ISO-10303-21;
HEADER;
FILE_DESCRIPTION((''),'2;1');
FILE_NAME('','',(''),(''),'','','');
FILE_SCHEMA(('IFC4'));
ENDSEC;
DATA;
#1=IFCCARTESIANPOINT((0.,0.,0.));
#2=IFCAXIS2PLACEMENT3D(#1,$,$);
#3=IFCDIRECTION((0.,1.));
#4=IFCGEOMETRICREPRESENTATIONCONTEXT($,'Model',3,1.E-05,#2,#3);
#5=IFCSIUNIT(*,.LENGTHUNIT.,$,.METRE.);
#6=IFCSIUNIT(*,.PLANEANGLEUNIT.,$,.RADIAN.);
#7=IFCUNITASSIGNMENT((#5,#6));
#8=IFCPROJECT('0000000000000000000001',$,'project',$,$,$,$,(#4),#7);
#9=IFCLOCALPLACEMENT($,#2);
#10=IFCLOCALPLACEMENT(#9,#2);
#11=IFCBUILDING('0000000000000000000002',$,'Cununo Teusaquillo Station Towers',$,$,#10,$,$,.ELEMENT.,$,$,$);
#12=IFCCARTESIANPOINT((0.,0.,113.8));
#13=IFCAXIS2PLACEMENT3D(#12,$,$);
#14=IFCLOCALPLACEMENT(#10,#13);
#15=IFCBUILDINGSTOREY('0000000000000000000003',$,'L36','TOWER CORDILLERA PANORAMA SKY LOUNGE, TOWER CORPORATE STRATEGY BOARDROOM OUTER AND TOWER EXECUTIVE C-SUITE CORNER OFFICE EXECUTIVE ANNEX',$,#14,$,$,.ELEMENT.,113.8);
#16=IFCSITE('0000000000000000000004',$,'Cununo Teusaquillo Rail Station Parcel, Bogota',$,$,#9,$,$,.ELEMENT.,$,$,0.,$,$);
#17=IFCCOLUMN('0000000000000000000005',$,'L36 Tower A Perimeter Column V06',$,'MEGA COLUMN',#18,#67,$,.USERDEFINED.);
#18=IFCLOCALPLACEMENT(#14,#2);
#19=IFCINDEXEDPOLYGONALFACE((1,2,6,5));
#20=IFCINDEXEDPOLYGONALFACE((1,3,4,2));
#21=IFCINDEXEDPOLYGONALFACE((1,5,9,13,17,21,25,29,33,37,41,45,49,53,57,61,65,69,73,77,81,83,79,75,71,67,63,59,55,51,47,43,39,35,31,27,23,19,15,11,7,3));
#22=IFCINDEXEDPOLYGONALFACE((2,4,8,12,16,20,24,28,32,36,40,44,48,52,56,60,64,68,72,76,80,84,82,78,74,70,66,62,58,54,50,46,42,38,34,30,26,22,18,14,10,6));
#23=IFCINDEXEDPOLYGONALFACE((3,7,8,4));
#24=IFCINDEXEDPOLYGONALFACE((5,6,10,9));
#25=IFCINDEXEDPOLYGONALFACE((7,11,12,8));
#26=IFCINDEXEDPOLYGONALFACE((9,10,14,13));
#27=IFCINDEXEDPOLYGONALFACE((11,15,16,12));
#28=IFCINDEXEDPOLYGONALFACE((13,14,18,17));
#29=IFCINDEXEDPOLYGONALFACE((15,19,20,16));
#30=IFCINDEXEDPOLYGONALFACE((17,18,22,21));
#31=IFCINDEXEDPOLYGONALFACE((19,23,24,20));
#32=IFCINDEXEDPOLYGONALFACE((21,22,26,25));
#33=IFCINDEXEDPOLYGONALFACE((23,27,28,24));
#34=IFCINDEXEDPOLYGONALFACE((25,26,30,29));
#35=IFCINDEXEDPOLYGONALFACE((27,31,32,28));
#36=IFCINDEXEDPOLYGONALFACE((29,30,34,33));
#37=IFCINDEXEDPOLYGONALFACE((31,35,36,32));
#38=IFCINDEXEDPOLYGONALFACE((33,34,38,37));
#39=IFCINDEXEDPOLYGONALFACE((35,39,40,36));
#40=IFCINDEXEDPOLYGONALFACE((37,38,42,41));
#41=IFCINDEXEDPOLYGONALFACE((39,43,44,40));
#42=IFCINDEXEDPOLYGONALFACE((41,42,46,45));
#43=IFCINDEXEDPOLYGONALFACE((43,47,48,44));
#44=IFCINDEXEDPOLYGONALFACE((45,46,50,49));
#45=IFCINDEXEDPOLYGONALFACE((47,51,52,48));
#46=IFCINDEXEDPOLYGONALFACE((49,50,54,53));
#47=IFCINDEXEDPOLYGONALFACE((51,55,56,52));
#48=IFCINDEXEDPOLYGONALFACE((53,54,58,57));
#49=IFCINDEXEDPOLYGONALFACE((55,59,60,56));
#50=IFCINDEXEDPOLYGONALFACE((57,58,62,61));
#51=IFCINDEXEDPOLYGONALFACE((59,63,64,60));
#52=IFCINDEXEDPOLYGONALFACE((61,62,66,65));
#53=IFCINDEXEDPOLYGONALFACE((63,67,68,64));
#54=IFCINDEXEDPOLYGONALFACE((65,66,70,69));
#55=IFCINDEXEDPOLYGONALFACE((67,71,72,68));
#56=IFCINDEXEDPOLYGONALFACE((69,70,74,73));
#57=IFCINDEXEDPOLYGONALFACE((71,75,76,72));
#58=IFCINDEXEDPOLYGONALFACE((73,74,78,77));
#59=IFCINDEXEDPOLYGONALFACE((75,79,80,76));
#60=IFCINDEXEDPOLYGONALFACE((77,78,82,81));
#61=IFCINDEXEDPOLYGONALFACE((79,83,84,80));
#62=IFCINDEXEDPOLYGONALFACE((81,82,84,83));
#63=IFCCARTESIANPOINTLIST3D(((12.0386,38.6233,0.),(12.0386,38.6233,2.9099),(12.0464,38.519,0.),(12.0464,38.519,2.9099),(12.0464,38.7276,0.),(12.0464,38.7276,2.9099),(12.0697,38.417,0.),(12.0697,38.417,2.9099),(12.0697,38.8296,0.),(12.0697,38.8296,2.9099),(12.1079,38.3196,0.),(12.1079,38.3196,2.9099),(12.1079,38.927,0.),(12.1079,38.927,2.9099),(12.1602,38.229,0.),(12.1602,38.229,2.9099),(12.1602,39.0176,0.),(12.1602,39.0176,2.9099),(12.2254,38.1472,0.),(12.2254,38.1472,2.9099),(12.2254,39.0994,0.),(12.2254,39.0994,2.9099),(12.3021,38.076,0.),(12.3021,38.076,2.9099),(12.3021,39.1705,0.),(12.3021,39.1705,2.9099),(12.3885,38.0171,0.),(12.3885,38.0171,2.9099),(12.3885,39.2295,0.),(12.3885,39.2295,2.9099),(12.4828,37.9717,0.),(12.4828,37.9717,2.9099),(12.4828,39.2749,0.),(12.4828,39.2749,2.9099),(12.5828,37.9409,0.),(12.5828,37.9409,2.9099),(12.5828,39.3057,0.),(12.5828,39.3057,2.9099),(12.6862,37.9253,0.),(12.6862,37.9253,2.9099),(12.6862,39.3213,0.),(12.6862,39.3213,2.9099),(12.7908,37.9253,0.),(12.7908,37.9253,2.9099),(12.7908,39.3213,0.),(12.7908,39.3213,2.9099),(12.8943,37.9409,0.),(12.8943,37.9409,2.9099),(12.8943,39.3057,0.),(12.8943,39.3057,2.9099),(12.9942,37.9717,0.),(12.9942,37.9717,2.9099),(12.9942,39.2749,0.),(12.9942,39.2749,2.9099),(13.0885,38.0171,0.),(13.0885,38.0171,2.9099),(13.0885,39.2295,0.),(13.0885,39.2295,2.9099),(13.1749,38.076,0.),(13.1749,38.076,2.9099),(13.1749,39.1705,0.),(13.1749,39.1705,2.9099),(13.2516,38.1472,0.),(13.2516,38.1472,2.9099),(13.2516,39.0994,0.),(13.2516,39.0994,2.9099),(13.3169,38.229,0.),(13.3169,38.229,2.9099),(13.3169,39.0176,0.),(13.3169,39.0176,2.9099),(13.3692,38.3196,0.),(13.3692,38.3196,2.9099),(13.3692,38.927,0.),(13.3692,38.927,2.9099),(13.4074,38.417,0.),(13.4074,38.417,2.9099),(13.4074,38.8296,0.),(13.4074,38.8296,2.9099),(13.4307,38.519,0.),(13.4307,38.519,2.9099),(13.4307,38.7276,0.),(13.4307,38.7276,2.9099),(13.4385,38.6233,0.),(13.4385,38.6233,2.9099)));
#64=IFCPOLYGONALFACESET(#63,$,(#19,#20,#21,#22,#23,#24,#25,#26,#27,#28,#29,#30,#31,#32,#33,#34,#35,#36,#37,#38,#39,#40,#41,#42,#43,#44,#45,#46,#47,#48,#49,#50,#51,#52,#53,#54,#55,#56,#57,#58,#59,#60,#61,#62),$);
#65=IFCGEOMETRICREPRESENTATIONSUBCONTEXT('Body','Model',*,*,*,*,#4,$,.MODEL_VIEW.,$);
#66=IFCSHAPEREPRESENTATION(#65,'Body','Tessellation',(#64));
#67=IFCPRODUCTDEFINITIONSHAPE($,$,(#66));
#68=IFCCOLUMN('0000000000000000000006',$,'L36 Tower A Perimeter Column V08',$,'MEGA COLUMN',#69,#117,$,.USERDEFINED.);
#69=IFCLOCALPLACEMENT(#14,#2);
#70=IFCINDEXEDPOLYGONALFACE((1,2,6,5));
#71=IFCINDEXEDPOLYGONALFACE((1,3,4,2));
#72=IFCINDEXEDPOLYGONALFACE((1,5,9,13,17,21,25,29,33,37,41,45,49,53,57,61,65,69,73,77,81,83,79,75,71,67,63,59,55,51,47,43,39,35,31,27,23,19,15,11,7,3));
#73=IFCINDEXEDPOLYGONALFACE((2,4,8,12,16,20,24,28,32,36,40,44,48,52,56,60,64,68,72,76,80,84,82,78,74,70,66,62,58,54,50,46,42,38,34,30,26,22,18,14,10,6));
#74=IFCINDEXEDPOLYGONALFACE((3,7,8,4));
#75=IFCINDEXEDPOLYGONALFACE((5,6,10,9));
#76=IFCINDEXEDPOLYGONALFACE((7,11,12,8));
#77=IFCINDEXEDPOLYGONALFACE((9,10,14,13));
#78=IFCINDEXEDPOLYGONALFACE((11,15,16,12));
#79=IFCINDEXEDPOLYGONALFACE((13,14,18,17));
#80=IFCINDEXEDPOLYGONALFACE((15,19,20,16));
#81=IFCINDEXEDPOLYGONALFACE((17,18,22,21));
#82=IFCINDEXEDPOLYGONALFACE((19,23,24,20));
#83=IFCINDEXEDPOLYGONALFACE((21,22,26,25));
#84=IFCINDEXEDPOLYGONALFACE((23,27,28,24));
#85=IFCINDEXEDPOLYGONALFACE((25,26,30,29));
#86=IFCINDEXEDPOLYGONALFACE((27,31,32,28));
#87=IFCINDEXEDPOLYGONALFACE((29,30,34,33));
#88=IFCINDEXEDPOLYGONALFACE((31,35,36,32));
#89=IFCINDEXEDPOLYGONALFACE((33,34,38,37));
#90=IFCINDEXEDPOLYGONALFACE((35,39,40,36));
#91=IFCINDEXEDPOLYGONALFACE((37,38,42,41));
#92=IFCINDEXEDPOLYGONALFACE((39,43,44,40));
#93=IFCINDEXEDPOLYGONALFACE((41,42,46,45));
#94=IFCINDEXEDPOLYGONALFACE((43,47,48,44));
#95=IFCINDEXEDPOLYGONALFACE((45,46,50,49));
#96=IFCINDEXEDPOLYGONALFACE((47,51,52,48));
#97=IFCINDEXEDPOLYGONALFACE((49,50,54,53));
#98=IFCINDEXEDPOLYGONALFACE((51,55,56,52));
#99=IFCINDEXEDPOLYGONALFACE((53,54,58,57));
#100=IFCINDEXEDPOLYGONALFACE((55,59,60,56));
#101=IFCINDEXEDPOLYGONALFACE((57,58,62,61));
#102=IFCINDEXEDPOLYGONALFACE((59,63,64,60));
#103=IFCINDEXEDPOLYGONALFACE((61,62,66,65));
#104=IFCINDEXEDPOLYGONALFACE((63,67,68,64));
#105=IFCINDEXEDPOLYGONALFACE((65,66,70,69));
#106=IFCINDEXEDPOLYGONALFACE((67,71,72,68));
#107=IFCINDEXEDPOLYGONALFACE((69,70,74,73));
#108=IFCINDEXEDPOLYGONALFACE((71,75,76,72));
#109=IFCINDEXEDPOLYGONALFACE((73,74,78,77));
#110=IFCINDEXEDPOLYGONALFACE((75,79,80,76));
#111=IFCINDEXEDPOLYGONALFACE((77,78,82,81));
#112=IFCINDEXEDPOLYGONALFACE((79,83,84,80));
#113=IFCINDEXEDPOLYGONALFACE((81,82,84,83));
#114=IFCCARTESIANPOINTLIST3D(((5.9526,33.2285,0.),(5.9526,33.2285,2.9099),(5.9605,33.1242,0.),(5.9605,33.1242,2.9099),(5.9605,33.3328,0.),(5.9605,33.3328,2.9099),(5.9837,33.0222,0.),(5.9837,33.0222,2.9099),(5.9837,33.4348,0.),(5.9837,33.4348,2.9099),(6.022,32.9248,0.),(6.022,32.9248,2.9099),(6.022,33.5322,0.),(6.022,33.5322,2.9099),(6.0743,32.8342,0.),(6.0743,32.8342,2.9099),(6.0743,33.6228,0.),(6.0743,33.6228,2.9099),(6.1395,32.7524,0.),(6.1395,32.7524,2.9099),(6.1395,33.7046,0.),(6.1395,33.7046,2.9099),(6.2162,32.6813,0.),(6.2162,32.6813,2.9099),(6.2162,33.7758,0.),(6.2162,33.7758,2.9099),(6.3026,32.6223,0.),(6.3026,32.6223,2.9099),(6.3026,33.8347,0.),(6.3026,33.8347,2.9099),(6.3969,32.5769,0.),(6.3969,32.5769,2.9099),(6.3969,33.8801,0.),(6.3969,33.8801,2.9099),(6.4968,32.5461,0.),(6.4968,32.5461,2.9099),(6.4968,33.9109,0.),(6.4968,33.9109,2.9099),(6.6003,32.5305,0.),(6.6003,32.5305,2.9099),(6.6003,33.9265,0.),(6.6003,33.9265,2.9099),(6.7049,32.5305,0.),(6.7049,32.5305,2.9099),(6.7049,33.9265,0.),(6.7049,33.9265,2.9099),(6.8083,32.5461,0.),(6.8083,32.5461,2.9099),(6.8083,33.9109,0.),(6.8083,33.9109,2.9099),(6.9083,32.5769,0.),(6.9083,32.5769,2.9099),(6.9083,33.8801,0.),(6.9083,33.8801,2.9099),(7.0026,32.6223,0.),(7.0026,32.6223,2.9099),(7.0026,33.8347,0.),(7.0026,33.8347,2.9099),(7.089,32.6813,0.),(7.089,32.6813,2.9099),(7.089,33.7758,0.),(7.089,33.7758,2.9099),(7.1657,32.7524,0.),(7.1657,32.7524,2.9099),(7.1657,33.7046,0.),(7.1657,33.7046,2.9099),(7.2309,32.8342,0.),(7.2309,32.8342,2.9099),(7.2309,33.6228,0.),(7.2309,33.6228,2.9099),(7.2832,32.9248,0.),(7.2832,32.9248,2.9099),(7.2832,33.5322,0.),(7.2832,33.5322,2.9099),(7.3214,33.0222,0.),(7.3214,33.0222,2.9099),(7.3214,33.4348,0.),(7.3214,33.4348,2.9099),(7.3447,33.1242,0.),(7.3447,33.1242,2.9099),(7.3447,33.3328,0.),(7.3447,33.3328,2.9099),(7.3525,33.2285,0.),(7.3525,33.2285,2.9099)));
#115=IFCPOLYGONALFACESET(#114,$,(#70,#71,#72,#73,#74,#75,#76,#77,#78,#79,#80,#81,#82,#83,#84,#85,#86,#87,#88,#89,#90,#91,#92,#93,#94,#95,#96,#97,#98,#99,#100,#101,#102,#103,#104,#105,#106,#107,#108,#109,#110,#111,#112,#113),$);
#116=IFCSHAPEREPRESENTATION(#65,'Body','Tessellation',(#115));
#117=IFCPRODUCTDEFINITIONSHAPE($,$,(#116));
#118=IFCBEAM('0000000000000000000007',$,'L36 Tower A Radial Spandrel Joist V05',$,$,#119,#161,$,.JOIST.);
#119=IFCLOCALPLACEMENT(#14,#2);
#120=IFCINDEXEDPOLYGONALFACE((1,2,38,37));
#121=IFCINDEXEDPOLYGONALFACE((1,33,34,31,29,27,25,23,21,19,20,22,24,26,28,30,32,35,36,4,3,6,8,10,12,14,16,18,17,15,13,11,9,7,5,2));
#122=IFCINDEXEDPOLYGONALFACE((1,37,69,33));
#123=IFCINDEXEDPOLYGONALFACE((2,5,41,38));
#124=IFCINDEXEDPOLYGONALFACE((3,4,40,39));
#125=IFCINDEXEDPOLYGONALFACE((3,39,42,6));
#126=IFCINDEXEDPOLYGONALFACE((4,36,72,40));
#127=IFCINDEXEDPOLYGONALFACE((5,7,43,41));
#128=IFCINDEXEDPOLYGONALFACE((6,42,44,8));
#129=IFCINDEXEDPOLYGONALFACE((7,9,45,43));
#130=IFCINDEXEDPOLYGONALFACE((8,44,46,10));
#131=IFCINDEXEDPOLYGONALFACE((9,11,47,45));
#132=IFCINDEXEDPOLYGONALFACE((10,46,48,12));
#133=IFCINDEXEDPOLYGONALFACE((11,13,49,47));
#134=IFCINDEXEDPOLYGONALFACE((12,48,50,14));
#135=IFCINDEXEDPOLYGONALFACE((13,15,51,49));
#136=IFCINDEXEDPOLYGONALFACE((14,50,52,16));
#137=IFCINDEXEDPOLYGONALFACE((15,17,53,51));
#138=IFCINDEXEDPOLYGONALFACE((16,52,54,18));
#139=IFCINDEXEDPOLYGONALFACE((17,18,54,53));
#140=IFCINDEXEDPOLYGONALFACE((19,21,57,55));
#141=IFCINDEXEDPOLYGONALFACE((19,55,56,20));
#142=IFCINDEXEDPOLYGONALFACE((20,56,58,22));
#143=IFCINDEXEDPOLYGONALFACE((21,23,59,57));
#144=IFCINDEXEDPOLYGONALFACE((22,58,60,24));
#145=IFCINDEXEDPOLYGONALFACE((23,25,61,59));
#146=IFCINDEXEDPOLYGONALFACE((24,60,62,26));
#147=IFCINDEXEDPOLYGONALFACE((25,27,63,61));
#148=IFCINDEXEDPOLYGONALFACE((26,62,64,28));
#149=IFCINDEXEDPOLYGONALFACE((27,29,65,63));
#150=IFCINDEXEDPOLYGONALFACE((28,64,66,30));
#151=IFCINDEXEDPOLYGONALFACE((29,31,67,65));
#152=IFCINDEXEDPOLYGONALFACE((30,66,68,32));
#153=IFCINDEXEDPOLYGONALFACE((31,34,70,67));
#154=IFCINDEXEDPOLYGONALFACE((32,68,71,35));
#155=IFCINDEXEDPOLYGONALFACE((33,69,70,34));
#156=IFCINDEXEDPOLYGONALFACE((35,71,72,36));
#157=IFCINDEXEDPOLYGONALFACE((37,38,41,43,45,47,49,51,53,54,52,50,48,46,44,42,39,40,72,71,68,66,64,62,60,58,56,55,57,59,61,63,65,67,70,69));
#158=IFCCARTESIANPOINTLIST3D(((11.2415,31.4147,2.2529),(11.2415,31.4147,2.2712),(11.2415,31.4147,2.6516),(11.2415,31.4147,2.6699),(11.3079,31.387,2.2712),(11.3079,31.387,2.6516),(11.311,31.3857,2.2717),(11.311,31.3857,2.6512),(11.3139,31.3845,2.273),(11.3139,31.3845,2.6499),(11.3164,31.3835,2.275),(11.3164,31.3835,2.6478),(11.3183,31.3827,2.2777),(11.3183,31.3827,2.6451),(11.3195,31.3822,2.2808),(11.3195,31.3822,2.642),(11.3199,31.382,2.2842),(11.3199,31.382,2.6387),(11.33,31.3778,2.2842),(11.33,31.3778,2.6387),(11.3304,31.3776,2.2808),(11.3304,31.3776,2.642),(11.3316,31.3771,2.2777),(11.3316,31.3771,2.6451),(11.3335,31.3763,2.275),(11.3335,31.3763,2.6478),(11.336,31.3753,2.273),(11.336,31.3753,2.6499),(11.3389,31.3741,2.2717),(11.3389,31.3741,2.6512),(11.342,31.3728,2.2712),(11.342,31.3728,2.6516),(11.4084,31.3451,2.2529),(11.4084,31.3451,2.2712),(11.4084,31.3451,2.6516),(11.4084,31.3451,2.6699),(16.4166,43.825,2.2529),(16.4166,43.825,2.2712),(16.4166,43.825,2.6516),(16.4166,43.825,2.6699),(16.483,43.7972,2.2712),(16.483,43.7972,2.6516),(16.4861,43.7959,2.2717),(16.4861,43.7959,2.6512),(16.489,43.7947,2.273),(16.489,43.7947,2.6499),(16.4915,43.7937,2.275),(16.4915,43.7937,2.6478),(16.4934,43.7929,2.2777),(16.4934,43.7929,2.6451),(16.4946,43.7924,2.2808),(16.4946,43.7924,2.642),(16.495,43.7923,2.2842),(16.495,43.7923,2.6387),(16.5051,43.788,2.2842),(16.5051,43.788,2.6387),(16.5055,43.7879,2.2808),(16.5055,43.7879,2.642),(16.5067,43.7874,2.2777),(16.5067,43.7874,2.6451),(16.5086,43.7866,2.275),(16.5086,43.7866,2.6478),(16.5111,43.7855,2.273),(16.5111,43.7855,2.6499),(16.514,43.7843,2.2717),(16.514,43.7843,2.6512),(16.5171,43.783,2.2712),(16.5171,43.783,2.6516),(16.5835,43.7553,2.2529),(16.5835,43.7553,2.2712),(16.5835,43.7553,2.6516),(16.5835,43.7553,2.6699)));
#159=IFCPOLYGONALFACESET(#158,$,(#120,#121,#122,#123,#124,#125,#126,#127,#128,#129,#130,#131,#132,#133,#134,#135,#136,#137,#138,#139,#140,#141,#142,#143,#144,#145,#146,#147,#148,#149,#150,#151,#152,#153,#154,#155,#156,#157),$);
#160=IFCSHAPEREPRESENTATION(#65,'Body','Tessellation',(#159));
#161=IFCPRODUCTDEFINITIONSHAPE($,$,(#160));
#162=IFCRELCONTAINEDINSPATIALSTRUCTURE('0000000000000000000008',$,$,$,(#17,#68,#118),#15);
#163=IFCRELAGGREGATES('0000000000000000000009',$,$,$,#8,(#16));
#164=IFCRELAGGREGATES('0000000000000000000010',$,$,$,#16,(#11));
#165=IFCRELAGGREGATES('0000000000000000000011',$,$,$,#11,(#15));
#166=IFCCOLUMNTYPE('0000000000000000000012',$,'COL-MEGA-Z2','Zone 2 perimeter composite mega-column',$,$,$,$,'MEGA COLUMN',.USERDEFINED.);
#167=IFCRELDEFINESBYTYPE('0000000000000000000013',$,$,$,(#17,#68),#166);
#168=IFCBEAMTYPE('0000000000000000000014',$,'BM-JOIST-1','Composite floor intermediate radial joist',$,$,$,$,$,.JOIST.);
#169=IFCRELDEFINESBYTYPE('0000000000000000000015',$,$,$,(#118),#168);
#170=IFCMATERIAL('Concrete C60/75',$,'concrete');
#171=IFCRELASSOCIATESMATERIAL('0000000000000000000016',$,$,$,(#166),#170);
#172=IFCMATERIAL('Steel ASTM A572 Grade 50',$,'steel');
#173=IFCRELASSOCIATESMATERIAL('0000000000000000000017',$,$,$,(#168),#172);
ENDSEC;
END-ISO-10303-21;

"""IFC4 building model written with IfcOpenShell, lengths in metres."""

from ifc_helpers import new_model, si_unit, direction, frame, origin, origin_2d, place, context, subcontext, project, spatial, circle, i_section, extrude, material, material_profile, profile_set, type_object, element, save


model = new_model("IFC4")

# Units and contexts
model_context = context("Model", 3, precision=1e-05, world=origin(), true_north=direction((0.0, 1.0)))
body_context = subcontext(model_context, "Body", "Model", "MODEL_VIEW")
ifc_project = project(units=[si_unit("LENGTHUNIT", "METRE"), si_unit("PLANEANGLEUNIT", "RADIAN")], contexts=[model_context])

# Site, building, storey
site_placement = place(None, origin())
site = spatial("IfcSite", under=ifc_project, at=site_placement, Name="Cununo Teusaquillo Rail Station Parcel, Bogota", CompositionType="ELEMENT", RefElevation=0.0)
building_placement = place(site_placement, origin())
building = spatial("IfcBuilding", under=site, at=building_placement, Name="Cununo Teusaquillo Station Towers", CompositionType="ELEMENT")
storey_placement = place(building_placement, frame((0.0, 0.0, 113.8)))
storey = spatial("IfcBuildingStorey", under=building, at=storey_placement, Name="L36", Description="TOWER CORDILLERA PANORAMA SKY LOUNGE, TOWER CORPORATE STRATEGY BOARDROOM OUTER AND TOWER EXECUTIVE C-SUITE CORNER OFFICE EXECUTIVE ANNEX", CompositionType="ELEMENT", Elevation=113.8)

# Columns
ifc_material_1 = material(Name="Concrete C60/75", Category="concrete")
ifc_material_profile_1 = material_profile(ifc_material_1, circle(Radius=0.7, at=origin_2d()), Name="RC-CIRC-1400")
ifc_profile_set_1 = profile_set([ifc_material_profile_1], Name="Concrete C60/75")
column_type = type_object("IfcColumnType", Name="COL-MEGA-Z2", Description="Zone 2 perimeter composite mega-column", ElementType="MEGA COLUMN", PredefinedType="USERDEFINED", material=ifc_profile_set_1)
for number, where, z_axis, x_axis, name in (
    (1, (12.7385, 38.6233, 0.0), (0.0, 0.0, 1.0), (1.0, 0.0, 0.0), "L36 Tower A Perimeter Column V06"),
    (2, (6.6526, 33.2285, 0.0), (0.0, 0.0, 1.0), (1.0, 0.0, 0.0), "L36 Tower A Perimeter Column V08"),
):
    element("IfcColumn", number, at=place(storey_placement, frame(where, z_axis=z_axis, x_axis=x_axis)), inside=storey, type_object=column_type, Name=name, ObjectType="MEGA COLUMN", PredefinedType="USERDEFINED", context=body_context, shape_type="SweptSolid", body=[
        extrude(circle(Radius=0.7, at=origin_2d()), origin(), (0.0, 0.0, 1.0), 2.9099),
    ])

# Beam
ifc_material_2 = material(Name="Steel ASTM A572 Grade 50", Category="steel")
ifc_material_profile_2 = material_profile(ifc_material_2, i_section(OverallWidth=0.1809, OverallDepth=0.417, WebThickness=0.011, FlangeThickness=0.0183, FilletRadius=0.0129, at=origin_2d()), Name="W16X57")
ifc_profile_set_2 = profile_set([ifc_material_profile_2], Name="Steel ASTM A572 Grade 50")
beam_type_1 = type_object("IfcBeamType", Name="BM-JOIST-1", Description="Composite floor intermediate radial joist", PredefinedType="JOIST", material=ifc_profile_set_2)
beam_1_placement = place(storey_placement, frame((11.325, 31.3799, 2.4614), z_axis=(0.384878, 0.922967, 0.0), x_axis=(-0.922967, 0.384878, 0.0)))
element("IfcBeam", 3, at=beam_1_placement, inside=storey, type_object=beam_type_1, Name="L36 Tower A Radial Spandrel Joist V05", PredefinedType="JOIST", context=body_context, shape_type="SweptSolid", body=[
    extrude(i_section(OverallWidth=0.1809, OverallDepth=0.417, WebThickness=0.011, FlangeThickness=0.0183, FilletRadius=0.0129, at=origin_2d()), origin(), (0.0, 0.0, 1.0), 13.446),
])

save(model, "model.ifc")
